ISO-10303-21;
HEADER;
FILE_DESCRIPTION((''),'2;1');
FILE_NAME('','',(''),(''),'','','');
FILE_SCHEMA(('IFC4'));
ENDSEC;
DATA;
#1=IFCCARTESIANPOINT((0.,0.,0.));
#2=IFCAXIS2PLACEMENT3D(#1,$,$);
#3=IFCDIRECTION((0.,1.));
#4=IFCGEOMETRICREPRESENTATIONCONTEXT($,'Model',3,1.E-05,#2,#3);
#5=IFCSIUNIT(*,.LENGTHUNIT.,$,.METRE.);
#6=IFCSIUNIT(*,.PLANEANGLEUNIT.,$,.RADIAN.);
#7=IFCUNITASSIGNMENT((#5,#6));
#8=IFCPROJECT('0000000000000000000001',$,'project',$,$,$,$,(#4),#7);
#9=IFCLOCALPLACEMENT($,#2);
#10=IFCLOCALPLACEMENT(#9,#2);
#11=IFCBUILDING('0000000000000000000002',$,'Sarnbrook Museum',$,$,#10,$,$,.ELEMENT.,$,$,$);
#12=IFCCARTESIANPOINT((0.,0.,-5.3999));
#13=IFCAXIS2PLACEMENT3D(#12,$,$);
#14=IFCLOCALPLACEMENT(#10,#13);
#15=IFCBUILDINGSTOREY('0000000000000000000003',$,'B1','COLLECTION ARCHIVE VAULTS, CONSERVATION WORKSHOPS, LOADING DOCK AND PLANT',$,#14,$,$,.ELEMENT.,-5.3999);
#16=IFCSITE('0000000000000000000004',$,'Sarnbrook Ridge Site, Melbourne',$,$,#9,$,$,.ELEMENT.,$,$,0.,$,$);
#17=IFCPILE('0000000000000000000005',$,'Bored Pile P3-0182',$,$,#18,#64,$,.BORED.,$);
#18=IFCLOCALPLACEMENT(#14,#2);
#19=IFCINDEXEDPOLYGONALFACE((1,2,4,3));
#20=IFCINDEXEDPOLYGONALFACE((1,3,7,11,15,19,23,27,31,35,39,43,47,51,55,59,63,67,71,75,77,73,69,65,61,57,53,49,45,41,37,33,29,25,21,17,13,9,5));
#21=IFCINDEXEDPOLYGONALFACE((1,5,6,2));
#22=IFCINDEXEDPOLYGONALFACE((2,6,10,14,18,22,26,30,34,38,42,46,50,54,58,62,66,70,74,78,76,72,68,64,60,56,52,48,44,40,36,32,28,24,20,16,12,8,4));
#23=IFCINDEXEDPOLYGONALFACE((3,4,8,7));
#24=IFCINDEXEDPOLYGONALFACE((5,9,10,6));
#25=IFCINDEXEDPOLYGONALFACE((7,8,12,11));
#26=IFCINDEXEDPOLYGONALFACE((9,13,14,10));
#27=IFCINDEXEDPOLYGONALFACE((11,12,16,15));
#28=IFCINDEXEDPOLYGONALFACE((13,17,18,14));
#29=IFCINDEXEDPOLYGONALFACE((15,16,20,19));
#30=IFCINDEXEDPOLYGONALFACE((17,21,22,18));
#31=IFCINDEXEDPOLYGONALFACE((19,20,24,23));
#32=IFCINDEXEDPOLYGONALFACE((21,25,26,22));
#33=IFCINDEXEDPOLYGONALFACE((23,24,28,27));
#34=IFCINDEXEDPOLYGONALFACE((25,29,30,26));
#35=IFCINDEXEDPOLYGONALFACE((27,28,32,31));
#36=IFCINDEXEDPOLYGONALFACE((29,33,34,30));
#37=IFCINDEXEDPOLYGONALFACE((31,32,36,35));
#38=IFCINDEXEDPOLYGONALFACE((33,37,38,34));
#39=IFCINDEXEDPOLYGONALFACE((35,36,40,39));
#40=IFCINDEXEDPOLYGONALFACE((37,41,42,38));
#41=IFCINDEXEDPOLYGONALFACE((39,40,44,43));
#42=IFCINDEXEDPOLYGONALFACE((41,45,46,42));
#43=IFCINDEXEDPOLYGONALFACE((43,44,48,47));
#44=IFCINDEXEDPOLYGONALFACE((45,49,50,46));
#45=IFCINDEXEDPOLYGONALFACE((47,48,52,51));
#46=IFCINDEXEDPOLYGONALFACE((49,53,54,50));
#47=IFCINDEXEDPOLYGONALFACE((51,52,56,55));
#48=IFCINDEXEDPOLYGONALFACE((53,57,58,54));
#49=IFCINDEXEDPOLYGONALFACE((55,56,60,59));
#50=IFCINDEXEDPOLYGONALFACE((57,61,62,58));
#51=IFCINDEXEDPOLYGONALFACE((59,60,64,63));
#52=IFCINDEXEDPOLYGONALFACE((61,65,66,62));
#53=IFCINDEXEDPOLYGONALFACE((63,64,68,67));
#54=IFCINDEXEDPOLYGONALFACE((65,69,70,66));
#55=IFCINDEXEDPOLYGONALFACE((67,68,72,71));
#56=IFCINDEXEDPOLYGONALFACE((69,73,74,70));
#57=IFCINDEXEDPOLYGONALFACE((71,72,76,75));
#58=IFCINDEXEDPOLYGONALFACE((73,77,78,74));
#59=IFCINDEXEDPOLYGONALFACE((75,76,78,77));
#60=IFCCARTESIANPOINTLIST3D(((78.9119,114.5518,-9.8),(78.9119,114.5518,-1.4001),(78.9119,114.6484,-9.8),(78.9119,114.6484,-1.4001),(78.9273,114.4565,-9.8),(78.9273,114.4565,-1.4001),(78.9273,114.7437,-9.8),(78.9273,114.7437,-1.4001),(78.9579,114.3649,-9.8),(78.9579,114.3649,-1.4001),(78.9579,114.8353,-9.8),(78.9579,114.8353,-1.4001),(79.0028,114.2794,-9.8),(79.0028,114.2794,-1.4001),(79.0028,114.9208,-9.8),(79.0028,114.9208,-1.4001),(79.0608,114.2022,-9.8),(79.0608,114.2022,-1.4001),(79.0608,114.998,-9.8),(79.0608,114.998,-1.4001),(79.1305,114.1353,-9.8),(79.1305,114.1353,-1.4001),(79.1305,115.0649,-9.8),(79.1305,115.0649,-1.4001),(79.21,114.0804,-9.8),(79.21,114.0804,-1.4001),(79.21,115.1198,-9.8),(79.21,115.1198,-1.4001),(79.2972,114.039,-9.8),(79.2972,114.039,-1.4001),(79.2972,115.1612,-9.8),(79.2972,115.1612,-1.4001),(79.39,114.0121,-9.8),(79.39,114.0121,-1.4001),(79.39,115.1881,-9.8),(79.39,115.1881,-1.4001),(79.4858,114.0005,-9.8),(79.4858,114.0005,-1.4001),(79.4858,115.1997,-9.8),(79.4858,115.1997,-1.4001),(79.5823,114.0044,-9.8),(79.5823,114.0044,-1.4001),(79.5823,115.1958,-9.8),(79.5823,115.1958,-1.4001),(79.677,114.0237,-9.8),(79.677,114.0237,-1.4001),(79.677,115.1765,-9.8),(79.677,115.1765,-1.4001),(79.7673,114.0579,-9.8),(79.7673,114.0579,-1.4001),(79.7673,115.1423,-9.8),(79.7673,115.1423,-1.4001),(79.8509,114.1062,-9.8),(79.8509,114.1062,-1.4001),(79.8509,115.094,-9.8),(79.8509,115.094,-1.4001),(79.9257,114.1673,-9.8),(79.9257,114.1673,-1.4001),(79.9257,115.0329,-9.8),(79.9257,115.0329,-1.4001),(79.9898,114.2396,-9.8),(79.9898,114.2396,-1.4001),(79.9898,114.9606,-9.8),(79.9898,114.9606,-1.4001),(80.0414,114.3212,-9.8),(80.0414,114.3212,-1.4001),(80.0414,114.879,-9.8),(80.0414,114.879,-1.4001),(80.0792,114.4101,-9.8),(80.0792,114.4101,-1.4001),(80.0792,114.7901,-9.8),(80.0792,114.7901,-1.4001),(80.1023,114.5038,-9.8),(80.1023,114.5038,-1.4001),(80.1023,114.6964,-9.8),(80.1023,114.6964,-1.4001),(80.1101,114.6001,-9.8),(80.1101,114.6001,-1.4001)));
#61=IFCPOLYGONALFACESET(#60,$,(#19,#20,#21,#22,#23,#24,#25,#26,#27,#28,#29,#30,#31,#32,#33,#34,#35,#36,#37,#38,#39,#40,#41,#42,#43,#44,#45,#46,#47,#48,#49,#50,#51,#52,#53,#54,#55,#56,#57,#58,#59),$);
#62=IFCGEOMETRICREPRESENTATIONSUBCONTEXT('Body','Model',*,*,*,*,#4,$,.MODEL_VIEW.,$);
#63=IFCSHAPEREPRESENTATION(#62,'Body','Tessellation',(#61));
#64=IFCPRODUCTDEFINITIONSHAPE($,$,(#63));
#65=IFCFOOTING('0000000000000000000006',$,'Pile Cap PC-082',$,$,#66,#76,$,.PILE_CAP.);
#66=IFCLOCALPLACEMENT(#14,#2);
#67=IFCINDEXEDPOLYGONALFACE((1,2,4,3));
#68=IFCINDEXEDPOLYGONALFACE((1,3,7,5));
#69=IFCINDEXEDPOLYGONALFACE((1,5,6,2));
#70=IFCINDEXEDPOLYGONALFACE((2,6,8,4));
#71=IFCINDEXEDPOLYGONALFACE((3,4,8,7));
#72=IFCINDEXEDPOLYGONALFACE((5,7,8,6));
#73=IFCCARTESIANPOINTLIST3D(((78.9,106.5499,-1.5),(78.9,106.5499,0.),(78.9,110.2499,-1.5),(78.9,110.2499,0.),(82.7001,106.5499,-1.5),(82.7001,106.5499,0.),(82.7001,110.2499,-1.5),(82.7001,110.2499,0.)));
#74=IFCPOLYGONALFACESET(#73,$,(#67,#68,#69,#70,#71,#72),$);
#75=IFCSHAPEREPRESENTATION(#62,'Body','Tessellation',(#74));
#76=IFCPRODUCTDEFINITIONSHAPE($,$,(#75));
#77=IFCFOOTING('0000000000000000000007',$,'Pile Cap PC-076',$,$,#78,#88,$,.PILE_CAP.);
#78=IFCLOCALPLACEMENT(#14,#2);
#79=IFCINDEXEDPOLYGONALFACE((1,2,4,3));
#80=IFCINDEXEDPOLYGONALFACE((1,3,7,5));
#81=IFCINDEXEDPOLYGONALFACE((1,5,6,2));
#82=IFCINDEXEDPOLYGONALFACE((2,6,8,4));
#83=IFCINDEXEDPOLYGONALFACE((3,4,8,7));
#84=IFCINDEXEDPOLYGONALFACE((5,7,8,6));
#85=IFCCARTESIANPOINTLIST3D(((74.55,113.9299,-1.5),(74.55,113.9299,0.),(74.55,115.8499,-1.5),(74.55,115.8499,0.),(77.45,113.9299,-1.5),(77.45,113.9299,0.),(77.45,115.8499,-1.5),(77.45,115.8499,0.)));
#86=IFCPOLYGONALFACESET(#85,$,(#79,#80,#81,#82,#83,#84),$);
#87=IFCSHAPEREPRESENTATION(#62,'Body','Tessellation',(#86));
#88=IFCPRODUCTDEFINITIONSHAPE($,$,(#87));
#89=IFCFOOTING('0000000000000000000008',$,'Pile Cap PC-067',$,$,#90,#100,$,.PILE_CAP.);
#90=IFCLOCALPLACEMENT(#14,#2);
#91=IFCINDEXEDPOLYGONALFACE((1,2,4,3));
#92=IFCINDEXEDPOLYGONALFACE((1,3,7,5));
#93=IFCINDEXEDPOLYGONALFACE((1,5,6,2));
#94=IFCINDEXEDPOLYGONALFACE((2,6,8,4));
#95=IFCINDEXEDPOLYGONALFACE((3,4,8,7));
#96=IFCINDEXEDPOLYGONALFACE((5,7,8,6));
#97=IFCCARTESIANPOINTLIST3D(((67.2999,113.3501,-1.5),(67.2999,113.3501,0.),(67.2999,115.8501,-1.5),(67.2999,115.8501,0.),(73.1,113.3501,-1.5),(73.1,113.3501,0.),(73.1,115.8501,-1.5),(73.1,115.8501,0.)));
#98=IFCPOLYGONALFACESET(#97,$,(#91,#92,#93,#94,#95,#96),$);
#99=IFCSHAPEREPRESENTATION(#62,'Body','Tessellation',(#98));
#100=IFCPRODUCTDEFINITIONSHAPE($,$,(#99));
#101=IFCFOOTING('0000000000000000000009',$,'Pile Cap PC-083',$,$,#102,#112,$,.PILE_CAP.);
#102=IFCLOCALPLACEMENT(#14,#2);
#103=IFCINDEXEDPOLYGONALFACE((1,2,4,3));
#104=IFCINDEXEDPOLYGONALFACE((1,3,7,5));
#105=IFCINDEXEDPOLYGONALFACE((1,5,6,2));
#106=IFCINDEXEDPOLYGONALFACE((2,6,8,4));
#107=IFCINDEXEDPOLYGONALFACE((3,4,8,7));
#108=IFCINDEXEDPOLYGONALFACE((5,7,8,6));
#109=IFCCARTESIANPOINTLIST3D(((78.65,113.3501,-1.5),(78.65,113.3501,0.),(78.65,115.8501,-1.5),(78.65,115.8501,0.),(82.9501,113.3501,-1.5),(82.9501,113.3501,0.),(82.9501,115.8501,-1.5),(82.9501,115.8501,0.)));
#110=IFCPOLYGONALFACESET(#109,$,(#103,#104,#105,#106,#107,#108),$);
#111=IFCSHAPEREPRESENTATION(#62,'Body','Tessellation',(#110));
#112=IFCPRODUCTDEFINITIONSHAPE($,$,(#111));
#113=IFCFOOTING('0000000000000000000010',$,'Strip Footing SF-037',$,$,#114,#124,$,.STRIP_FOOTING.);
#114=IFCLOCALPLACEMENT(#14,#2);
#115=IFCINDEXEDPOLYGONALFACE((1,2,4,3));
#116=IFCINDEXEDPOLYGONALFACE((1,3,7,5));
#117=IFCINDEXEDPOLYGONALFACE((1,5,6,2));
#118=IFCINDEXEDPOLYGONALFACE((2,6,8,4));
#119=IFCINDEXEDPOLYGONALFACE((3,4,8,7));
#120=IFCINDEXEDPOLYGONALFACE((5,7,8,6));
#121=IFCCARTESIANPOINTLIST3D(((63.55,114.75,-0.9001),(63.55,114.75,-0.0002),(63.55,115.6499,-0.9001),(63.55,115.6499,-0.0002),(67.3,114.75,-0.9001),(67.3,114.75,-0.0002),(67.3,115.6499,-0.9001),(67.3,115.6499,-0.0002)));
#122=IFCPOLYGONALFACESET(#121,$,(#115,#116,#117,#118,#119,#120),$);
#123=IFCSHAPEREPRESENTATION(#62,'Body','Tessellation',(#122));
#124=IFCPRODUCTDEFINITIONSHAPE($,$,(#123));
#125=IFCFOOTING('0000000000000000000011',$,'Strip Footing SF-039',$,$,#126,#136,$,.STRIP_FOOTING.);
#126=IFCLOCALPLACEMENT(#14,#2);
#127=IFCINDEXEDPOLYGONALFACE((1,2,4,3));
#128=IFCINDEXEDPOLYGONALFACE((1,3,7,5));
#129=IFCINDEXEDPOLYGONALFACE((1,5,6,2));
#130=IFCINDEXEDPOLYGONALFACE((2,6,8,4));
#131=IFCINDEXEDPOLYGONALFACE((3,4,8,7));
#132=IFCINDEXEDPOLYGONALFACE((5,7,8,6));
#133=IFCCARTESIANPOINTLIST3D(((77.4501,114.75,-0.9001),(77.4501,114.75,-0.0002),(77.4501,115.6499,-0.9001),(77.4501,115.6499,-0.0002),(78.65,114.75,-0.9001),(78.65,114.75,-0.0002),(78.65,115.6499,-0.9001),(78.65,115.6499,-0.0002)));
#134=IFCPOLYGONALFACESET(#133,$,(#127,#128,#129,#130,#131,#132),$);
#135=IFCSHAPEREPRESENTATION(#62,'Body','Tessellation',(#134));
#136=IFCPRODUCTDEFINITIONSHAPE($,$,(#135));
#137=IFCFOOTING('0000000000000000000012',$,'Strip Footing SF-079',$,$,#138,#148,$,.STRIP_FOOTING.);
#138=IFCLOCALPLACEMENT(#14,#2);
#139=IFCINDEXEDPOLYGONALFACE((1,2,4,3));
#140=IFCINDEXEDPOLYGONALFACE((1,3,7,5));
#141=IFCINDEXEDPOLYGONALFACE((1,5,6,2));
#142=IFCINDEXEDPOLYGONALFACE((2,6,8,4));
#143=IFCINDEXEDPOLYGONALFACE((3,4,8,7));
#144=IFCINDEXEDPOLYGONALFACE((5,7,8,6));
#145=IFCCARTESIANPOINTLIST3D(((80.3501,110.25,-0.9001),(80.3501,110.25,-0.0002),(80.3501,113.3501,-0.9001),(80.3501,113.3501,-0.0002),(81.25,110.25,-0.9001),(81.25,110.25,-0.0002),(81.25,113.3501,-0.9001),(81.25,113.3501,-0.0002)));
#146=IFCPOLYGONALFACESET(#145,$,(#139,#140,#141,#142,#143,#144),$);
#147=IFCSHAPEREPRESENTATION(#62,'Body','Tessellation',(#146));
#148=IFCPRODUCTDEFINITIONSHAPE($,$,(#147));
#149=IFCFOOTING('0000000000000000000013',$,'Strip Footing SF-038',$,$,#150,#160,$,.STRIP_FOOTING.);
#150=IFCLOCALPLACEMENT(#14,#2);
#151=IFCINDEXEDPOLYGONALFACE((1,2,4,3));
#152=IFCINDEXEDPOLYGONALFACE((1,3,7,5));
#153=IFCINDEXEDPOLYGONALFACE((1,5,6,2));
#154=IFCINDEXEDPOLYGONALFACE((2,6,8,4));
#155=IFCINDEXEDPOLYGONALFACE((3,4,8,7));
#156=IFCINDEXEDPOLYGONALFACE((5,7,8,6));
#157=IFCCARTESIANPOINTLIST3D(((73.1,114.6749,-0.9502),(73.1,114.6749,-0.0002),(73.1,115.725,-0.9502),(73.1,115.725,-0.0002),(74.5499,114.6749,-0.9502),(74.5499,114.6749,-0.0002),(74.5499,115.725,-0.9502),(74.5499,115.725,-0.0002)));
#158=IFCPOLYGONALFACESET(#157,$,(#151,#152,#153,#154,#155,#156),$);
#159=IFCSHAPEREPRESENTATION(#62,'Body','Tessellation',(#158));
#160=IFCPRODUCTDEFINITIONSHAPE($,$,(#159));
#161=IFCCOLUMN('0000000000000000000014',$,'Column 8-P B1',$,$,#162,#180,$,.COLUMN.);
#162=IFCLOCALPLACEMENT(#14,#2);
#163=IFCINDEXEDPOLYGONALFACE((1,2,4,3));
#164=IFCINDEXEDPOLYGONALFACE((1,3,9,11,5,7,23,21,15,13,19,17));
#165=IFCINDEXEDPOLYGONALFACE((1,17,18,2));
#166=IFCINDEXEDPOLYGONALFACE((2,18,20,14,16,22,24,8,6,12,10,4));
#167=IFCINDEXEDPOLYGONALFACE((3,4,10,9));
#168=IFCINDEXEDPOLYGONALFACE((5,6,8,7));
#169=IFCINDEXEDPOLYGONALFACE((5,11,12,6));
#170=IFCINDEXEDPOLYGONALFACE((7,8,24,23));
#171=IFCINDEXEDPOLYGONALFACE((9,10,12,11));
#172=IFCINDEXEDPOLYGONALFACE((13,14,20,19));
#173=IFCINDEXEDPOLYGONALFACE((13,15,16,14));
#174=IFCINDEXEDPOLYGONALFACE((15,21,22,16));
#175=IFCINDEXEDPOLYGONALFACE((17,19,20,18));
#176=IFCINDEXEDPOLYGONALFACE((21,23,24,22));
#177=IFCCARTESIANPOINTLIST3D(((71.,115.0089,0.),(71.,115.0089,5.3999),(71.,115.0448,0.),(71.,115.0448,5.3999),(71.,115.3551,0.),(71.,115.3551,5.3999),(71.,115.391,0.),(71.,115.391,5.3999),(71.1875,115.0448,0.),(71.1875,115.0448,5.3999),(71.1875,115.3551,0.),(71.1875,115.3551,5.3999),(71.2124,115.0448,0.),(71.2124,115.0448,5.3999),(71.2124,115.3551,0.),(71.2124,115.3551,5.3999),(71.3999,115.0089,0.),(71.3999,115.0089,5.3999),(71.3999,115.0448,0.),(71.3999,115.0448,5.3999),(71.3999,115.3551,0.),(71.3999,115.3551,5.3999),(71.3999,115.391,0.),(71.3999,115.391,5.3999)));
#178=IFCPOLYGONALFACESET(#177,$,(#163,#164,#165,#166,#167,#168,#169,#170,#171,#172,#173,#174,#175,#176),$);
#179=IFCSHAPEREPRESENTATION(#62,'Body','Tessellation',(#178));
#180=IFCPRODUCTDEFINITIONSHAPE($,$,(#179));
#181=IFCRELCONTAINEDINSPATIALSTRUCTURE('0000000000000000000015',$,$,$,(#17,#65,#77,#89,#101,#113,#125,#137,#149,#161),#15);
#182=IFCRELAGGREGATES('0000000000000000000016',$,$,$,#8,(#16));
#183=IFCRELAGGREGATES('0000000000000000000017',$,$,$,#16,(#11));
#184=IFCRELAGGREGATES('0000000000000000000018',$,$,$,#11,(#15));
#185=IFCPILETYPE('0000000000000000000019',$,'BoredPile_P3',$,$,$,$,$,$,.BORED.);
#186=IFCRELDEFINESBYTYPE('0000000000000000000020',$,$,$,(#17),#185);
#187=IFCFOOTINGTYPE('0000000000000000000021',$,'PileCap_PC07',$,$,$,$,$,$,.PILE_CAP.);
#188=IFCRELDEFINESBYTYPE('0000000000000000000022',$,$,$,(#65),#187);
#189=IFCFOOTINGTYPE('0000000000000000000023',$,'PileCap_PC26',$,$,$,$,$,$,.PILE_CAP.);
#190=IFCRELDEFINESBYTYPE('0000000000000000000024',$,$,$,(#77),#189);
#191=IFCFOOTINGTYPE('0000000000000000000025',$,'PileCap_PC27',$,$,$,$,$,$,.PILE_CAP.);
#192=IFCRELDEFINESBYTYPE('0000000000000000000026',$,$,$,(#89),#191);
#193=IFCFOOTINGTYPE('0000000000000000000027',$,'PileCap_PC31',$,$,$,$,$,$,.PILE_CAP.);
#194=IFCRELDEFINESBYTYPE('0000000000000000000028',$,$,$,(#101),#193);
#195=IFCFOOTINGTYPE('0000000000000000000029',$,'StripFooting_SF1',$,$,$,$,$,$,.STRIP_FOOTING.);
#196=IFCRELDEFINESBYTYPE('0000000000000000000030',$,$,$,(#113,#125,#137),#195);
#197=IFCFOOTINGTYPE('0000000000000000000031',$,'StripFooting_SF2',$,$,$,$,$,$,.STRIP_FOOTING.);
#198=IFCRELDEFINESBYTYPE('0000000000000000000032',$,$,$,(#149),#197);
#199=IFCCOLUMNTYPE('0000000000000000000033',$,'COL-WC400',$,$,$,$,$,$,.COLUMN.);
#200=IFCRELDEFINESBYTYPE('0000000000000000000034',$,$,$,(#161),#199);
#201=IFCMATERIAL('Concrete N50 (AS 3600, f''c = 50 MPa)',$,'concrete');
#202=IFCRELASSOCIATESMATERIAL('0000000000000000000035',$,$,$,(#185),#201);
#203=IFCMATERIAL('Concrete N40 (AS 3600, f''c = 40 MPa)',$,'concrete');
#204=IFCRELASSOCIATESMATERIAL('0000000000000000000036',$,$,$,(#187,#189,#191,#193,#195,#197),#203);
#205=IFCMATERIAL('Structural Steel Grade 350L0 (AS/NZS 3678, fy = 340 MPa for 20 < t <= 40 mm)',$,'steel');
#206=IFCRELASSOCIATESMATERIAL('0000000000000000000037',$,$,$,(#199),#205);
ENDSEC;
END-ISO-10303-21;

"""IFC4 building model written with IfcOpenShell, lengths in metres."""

from ifc_helpers import new_model, si_unit, direction, frame, origin, origin_2d, place, context, subcontext, project, spatial, rectangle, circle, i_section, extrude, material, material_profile, profile_set, type_object, element, save


model = new_model("IFC4")

# Units and contexts
model_context = context("Model", 3, precision=1e-05, world=origin(), true_north=direction((0.0, 1.0)))
body_context = subcontext(model_context, "Body", "Model", "MODEL_VIEW")
ifc_project = project(units=[si_unit("LENGTHUNIT", "METRE"), si_unit("PLANEANGLEUNIT", "RADIAN")], contexts=[model_context])

# Site, building, storey
site_placement = place(None, origin())
site = spatial("IfcSite", under=ifc_project, at=site_placement, Name="Sarnbrook Ridge Site, Melbourne", CompositionType="ELEMENT", RefElevation=0.0)
building_placement = place(site_placement, origin())
building = spatial("IfcBuilding", under=site, at=building_placement, Name="Sarnbrook Museum", CompositionType="ELEMENT")
storey_placement = place(building_placement, frame((0.0, 0.0, -5.3999)))
storey = spatial("IfcBuildingStorey", under=building, at=storey_placement, Name="B1", Description="COLLECTION ARCHIVE VAULTS, CONSERVATION WORKSHOPS, LOADING DOCK AND PLANT", CompositionType="ELEMENT", Elevation=-5.3999)

# Pile
ifc_material_1 = material(Name="Concrete N50 (AS 3600, f'c = 50 MPa)", Category="concrete")
ifc_material_profile_1 = material_profile(ifc_material_1, circle(Radius=0.6001, at=origin_2d()), Name="BORED PILE D1200")
ifc_profile_set_1 = profile_set([ifc_material_profile_1], Name="Concrete N50 (AS 3600, f'c = 50 MPa)")
pile_type_1 = type_object("IfcPileType", Name="BoredPile_P3", PredefinedType="BORED", material=ifc_profile_set_1)
for number, where, z_axis, x_axis, name in (
    (1, (79.51, 114.6001, -1.4001), (0.0, 0.0, -1.0), (1.0, 0.0, 0.0), "Bored Pile P3-0182"),
):
    element("IfcPile", number, at=place(storey_placement, frame(where, z_axis=z_axis, x_axis=x_axis)), inside=storey, type_object=pile_type_1, Name=name, PredefinedType="BORED", context=body_context, shape_type="SweptSolid", body=[
        extrude(circle(Radius=0.6001, at=origin_2d()), origin(), (0.0, 0.0, 1.0), 8.3999),
    ])

# Footings
ifc_material_2 = material(Name="Concrete N40 (AS 3600, f'c = 40 MPa)", Category="concrete")
footing_type_1 = type_object("IfcFootingType", Name="PileCap_PC07", PredefinedType="PILE_CAP", material=ifc_material_2)
footing_1_placement = place(storey_placement, frame((80.8, 108.3999, -1.5), z_axis=(0.0, 0.0, 1.0), x_axis=(1.0, 0.0, 0.0)))
element("IfcFooting", 2, at=footing_1_placement, inside=storey, type_object=footing_type_1, Name="Pile Cap PC-082", PredefinedType="PILE_CAP", context=body_context, shape_type="SweptSolid", body=[
    extrude(rectangle(XDim=3.8, YDim=3.7, at=origin_2d()), origin(), (0.0, 0.0, 1.0), 1.5),
])
footing_type_2 = type_object("IfcFootingType", Name="PileCap_PC26", PredefinedType="PILE_CAP", material=ifc_material_2)
footing_2_placement = place(storey_placement, frame((76.0, 114.8899, -1.5), z_axis=(0.0, 0.0, 1.0), x_axis=(1.0, 0.0, 0.0)))
element("IfcFooting", 3, at=footing_2_placement, inside=storey, type_object=footing_type_2, Name="Pile Cap PC-076", PredefinedType="PILE_CAP", context=body_context, shape_type="SweptSolid", body=[
    extrude(rectangle(XDim=2.8999, YDim=1.9199, at=origin_2d()), origin(), (0.0, 0.0, 1.0), 1.5),
])
footing_type_3 = type_object("IfcFootingType", Name="PileCap_PC27", PredefinedType="PILE_CAP", material=ifc_material_2)
footing_3_placement = place(storey_placement, frame((70.2, 114.6001, -1.5), z_axis=(0.0, 0.0, 1.0), x_axis=(1.0, 0.0, 0.0)))
element("IfcFooting", 4, at=footing_3_placement, inside=storey, type_object=footing_type_3, Name="Pile Cap PC-067", PredefinedType="PILE_CAP", context=body_context, shape_type="SweptSolid", body=[
    extrude(rectangle(XDim=5.8, YDim=2.5, at=origin_2d()), origin(), (0.0, 0.0, 1.0), 1.5),
])
footing_type_4 = type_object("IfcFootingType", Name="PileCap_PC31", PredefinedType="PILE_CAP", material=ifc_material_2)
footing_4_placement = place(storey_placement, frame((80.8, 114.6001, -1.5), z_axis=(0.0, 0.0, 1.0), x_axis=(1.0, 0.0, 0.0)))
element("IfcFooting", 5, at=footing_4_placement, inside=storey, type_object=footing_type_4, Name="Pile Cap PC-083", PredefinedType="PILE_CAP", context=body_context, shape_type="SweptSolid", body=[
    extrude(rectangle(XDim=4.3, YDim=2.5, at=origin_2d()), origin(), (0.0, 0.0, 1.0), 1.5),
])
footing_type_5 = type_object("IfcFootingType", Name="StripFooting_SF1", PredefinedType="STRIP_FOOTING", material=ifc_material_2)
footing_5_placement = place(storey_placement, frame((65.425, 115.2, -0.9001), z_axis=(0.0, 0.0, 1.0), x_axis=(1.0, 0.0, 0.0)))
element("IfcFooting", 6, at=footing_5_placement, inside=storey, type_object=footing_type_5, Name="Strip Footing SF-037", PredefinedType="STRIP_FOOTING", context=body_context, shape_type="SweptSolid", body=[
    extrude(rectangle(XDim=3.75, YDim=0.8999, at=origin_2d()), origin(), (0.0, 0.0, 1.0), 0.8999),
])
footing_6_placement = place(storey_placement, frame((78.05, 115.2, -0.9001), z_axis=(0.0, 0.0, 1.0), x_axis=(1.0, 0.0, 0.0)))
element("IfcFooting", 7, at=footing_6_placement, inside=storey, type_object=footing_type_5, Name="Strip Footing SF-039", PredefinedType="STRIP_FOOTING", context=body_context, shape_type="SweptSolid", body=[
    extrude(rectangle(XDim=1.2, YDim=0.8999, at=origin_2d()), origin(), (0.0, 0.0, 1.0), 0.8999),
])
footing_7_placement = place(storey_placement, frame((80.8, 111.8, -0.9001), z_axis=(0.0, 0.0, 1.0), x_axis=(1.0, 0.0, 0.0)))
element("IfcFooting", 8, at=footing_7_placement, inside=storey, type_object=footing_type_5, Name="Strip Footing SF-079", PredefinedType="STRIP_FOOTING", context=body_context, shape_type="SweptSolid", body=[
    extrude(rectangle(XDim=0.8999, YDim=3.1001, at=origin_2d()), origin(), (0.0, 0.0, 1.0), 0.8999),
])
footing_type_6 = type_object("IfcFootingType", Name="StripFooting_SF2", PredefinedType="STRIP_FOOTING", material=ifc_material_2)
footing_8_placement = place(storey_placement, frame((73.825, 115.2, -0.9502), z_axis=(0.0, 0.0, 1.0), x_axis=(1.0, 0.0, 0.0)))
element("IfcFooting", 9, at=footing_8_placement, inside=storey, type_object=footing_type_6, Name="Strip Footing SF-038", PredefinedType="STRIP_FOOTING", context=body_context, shape_type="SweptSolid", body=[
    extrude(rectangle(XDim=1.45, YDim=1.05, at=origin_2d()), origin(), (0.0, 0.0, 1.0), 0.95),
])

# Column
ifc_material_3 = material(Name="Structural Steel Grade 350L0 (AS/NZS 3678, fy = 340 MPa for 20 < t <= 40 mm)", Category="steel")
ifc_material_profile_2 = material_profile(ifc_material_3, i_section(OverallWidth=0.3999, OverallDepth=0.3821, WebThickness=0.0249, FlangeThickness=0.0359, at=origin_2d()), Name="400WC270")
ifc_profile_set_2 = profile_set([ifc_material_profile_2], Name="Structural Steel Grade 350L0 (AS/NZS 3678, fy = 340 MPa for 20 < t <= 40 mm)")
column_type_1 = type_object("IfcColumnType", Name="COL-WC400", PredefinedType="COLUMN", material=ifc_profile_set_2)
for number, where, z_axis, x_axis, name in (
    (10, (71.2, 115.2, 0.0), (0.0, 0.0, 1.0), (1.0, 0.0, 0.0), "Column 8-P B1"),
):
    element("IfcColumn", number, at=place(storey_placement, frame(where, z_axis=z_axis, x_axis=x_axis)), inside=storey, type_object=column_type_1, Name=name, PredefinedType="COLUMN", context=body_context, shape_type="SweptSolid", body=[
        extrude(i_section(OverallWidth=0.3999, OverallDepth=0.3821, WebThickness=0.0249, FlangeThickness=0.0359, at=origin_2d()), origin(), (0.0, 0.0, 1.0), 5.3999),
    ])

save(model, "model.ifc")
